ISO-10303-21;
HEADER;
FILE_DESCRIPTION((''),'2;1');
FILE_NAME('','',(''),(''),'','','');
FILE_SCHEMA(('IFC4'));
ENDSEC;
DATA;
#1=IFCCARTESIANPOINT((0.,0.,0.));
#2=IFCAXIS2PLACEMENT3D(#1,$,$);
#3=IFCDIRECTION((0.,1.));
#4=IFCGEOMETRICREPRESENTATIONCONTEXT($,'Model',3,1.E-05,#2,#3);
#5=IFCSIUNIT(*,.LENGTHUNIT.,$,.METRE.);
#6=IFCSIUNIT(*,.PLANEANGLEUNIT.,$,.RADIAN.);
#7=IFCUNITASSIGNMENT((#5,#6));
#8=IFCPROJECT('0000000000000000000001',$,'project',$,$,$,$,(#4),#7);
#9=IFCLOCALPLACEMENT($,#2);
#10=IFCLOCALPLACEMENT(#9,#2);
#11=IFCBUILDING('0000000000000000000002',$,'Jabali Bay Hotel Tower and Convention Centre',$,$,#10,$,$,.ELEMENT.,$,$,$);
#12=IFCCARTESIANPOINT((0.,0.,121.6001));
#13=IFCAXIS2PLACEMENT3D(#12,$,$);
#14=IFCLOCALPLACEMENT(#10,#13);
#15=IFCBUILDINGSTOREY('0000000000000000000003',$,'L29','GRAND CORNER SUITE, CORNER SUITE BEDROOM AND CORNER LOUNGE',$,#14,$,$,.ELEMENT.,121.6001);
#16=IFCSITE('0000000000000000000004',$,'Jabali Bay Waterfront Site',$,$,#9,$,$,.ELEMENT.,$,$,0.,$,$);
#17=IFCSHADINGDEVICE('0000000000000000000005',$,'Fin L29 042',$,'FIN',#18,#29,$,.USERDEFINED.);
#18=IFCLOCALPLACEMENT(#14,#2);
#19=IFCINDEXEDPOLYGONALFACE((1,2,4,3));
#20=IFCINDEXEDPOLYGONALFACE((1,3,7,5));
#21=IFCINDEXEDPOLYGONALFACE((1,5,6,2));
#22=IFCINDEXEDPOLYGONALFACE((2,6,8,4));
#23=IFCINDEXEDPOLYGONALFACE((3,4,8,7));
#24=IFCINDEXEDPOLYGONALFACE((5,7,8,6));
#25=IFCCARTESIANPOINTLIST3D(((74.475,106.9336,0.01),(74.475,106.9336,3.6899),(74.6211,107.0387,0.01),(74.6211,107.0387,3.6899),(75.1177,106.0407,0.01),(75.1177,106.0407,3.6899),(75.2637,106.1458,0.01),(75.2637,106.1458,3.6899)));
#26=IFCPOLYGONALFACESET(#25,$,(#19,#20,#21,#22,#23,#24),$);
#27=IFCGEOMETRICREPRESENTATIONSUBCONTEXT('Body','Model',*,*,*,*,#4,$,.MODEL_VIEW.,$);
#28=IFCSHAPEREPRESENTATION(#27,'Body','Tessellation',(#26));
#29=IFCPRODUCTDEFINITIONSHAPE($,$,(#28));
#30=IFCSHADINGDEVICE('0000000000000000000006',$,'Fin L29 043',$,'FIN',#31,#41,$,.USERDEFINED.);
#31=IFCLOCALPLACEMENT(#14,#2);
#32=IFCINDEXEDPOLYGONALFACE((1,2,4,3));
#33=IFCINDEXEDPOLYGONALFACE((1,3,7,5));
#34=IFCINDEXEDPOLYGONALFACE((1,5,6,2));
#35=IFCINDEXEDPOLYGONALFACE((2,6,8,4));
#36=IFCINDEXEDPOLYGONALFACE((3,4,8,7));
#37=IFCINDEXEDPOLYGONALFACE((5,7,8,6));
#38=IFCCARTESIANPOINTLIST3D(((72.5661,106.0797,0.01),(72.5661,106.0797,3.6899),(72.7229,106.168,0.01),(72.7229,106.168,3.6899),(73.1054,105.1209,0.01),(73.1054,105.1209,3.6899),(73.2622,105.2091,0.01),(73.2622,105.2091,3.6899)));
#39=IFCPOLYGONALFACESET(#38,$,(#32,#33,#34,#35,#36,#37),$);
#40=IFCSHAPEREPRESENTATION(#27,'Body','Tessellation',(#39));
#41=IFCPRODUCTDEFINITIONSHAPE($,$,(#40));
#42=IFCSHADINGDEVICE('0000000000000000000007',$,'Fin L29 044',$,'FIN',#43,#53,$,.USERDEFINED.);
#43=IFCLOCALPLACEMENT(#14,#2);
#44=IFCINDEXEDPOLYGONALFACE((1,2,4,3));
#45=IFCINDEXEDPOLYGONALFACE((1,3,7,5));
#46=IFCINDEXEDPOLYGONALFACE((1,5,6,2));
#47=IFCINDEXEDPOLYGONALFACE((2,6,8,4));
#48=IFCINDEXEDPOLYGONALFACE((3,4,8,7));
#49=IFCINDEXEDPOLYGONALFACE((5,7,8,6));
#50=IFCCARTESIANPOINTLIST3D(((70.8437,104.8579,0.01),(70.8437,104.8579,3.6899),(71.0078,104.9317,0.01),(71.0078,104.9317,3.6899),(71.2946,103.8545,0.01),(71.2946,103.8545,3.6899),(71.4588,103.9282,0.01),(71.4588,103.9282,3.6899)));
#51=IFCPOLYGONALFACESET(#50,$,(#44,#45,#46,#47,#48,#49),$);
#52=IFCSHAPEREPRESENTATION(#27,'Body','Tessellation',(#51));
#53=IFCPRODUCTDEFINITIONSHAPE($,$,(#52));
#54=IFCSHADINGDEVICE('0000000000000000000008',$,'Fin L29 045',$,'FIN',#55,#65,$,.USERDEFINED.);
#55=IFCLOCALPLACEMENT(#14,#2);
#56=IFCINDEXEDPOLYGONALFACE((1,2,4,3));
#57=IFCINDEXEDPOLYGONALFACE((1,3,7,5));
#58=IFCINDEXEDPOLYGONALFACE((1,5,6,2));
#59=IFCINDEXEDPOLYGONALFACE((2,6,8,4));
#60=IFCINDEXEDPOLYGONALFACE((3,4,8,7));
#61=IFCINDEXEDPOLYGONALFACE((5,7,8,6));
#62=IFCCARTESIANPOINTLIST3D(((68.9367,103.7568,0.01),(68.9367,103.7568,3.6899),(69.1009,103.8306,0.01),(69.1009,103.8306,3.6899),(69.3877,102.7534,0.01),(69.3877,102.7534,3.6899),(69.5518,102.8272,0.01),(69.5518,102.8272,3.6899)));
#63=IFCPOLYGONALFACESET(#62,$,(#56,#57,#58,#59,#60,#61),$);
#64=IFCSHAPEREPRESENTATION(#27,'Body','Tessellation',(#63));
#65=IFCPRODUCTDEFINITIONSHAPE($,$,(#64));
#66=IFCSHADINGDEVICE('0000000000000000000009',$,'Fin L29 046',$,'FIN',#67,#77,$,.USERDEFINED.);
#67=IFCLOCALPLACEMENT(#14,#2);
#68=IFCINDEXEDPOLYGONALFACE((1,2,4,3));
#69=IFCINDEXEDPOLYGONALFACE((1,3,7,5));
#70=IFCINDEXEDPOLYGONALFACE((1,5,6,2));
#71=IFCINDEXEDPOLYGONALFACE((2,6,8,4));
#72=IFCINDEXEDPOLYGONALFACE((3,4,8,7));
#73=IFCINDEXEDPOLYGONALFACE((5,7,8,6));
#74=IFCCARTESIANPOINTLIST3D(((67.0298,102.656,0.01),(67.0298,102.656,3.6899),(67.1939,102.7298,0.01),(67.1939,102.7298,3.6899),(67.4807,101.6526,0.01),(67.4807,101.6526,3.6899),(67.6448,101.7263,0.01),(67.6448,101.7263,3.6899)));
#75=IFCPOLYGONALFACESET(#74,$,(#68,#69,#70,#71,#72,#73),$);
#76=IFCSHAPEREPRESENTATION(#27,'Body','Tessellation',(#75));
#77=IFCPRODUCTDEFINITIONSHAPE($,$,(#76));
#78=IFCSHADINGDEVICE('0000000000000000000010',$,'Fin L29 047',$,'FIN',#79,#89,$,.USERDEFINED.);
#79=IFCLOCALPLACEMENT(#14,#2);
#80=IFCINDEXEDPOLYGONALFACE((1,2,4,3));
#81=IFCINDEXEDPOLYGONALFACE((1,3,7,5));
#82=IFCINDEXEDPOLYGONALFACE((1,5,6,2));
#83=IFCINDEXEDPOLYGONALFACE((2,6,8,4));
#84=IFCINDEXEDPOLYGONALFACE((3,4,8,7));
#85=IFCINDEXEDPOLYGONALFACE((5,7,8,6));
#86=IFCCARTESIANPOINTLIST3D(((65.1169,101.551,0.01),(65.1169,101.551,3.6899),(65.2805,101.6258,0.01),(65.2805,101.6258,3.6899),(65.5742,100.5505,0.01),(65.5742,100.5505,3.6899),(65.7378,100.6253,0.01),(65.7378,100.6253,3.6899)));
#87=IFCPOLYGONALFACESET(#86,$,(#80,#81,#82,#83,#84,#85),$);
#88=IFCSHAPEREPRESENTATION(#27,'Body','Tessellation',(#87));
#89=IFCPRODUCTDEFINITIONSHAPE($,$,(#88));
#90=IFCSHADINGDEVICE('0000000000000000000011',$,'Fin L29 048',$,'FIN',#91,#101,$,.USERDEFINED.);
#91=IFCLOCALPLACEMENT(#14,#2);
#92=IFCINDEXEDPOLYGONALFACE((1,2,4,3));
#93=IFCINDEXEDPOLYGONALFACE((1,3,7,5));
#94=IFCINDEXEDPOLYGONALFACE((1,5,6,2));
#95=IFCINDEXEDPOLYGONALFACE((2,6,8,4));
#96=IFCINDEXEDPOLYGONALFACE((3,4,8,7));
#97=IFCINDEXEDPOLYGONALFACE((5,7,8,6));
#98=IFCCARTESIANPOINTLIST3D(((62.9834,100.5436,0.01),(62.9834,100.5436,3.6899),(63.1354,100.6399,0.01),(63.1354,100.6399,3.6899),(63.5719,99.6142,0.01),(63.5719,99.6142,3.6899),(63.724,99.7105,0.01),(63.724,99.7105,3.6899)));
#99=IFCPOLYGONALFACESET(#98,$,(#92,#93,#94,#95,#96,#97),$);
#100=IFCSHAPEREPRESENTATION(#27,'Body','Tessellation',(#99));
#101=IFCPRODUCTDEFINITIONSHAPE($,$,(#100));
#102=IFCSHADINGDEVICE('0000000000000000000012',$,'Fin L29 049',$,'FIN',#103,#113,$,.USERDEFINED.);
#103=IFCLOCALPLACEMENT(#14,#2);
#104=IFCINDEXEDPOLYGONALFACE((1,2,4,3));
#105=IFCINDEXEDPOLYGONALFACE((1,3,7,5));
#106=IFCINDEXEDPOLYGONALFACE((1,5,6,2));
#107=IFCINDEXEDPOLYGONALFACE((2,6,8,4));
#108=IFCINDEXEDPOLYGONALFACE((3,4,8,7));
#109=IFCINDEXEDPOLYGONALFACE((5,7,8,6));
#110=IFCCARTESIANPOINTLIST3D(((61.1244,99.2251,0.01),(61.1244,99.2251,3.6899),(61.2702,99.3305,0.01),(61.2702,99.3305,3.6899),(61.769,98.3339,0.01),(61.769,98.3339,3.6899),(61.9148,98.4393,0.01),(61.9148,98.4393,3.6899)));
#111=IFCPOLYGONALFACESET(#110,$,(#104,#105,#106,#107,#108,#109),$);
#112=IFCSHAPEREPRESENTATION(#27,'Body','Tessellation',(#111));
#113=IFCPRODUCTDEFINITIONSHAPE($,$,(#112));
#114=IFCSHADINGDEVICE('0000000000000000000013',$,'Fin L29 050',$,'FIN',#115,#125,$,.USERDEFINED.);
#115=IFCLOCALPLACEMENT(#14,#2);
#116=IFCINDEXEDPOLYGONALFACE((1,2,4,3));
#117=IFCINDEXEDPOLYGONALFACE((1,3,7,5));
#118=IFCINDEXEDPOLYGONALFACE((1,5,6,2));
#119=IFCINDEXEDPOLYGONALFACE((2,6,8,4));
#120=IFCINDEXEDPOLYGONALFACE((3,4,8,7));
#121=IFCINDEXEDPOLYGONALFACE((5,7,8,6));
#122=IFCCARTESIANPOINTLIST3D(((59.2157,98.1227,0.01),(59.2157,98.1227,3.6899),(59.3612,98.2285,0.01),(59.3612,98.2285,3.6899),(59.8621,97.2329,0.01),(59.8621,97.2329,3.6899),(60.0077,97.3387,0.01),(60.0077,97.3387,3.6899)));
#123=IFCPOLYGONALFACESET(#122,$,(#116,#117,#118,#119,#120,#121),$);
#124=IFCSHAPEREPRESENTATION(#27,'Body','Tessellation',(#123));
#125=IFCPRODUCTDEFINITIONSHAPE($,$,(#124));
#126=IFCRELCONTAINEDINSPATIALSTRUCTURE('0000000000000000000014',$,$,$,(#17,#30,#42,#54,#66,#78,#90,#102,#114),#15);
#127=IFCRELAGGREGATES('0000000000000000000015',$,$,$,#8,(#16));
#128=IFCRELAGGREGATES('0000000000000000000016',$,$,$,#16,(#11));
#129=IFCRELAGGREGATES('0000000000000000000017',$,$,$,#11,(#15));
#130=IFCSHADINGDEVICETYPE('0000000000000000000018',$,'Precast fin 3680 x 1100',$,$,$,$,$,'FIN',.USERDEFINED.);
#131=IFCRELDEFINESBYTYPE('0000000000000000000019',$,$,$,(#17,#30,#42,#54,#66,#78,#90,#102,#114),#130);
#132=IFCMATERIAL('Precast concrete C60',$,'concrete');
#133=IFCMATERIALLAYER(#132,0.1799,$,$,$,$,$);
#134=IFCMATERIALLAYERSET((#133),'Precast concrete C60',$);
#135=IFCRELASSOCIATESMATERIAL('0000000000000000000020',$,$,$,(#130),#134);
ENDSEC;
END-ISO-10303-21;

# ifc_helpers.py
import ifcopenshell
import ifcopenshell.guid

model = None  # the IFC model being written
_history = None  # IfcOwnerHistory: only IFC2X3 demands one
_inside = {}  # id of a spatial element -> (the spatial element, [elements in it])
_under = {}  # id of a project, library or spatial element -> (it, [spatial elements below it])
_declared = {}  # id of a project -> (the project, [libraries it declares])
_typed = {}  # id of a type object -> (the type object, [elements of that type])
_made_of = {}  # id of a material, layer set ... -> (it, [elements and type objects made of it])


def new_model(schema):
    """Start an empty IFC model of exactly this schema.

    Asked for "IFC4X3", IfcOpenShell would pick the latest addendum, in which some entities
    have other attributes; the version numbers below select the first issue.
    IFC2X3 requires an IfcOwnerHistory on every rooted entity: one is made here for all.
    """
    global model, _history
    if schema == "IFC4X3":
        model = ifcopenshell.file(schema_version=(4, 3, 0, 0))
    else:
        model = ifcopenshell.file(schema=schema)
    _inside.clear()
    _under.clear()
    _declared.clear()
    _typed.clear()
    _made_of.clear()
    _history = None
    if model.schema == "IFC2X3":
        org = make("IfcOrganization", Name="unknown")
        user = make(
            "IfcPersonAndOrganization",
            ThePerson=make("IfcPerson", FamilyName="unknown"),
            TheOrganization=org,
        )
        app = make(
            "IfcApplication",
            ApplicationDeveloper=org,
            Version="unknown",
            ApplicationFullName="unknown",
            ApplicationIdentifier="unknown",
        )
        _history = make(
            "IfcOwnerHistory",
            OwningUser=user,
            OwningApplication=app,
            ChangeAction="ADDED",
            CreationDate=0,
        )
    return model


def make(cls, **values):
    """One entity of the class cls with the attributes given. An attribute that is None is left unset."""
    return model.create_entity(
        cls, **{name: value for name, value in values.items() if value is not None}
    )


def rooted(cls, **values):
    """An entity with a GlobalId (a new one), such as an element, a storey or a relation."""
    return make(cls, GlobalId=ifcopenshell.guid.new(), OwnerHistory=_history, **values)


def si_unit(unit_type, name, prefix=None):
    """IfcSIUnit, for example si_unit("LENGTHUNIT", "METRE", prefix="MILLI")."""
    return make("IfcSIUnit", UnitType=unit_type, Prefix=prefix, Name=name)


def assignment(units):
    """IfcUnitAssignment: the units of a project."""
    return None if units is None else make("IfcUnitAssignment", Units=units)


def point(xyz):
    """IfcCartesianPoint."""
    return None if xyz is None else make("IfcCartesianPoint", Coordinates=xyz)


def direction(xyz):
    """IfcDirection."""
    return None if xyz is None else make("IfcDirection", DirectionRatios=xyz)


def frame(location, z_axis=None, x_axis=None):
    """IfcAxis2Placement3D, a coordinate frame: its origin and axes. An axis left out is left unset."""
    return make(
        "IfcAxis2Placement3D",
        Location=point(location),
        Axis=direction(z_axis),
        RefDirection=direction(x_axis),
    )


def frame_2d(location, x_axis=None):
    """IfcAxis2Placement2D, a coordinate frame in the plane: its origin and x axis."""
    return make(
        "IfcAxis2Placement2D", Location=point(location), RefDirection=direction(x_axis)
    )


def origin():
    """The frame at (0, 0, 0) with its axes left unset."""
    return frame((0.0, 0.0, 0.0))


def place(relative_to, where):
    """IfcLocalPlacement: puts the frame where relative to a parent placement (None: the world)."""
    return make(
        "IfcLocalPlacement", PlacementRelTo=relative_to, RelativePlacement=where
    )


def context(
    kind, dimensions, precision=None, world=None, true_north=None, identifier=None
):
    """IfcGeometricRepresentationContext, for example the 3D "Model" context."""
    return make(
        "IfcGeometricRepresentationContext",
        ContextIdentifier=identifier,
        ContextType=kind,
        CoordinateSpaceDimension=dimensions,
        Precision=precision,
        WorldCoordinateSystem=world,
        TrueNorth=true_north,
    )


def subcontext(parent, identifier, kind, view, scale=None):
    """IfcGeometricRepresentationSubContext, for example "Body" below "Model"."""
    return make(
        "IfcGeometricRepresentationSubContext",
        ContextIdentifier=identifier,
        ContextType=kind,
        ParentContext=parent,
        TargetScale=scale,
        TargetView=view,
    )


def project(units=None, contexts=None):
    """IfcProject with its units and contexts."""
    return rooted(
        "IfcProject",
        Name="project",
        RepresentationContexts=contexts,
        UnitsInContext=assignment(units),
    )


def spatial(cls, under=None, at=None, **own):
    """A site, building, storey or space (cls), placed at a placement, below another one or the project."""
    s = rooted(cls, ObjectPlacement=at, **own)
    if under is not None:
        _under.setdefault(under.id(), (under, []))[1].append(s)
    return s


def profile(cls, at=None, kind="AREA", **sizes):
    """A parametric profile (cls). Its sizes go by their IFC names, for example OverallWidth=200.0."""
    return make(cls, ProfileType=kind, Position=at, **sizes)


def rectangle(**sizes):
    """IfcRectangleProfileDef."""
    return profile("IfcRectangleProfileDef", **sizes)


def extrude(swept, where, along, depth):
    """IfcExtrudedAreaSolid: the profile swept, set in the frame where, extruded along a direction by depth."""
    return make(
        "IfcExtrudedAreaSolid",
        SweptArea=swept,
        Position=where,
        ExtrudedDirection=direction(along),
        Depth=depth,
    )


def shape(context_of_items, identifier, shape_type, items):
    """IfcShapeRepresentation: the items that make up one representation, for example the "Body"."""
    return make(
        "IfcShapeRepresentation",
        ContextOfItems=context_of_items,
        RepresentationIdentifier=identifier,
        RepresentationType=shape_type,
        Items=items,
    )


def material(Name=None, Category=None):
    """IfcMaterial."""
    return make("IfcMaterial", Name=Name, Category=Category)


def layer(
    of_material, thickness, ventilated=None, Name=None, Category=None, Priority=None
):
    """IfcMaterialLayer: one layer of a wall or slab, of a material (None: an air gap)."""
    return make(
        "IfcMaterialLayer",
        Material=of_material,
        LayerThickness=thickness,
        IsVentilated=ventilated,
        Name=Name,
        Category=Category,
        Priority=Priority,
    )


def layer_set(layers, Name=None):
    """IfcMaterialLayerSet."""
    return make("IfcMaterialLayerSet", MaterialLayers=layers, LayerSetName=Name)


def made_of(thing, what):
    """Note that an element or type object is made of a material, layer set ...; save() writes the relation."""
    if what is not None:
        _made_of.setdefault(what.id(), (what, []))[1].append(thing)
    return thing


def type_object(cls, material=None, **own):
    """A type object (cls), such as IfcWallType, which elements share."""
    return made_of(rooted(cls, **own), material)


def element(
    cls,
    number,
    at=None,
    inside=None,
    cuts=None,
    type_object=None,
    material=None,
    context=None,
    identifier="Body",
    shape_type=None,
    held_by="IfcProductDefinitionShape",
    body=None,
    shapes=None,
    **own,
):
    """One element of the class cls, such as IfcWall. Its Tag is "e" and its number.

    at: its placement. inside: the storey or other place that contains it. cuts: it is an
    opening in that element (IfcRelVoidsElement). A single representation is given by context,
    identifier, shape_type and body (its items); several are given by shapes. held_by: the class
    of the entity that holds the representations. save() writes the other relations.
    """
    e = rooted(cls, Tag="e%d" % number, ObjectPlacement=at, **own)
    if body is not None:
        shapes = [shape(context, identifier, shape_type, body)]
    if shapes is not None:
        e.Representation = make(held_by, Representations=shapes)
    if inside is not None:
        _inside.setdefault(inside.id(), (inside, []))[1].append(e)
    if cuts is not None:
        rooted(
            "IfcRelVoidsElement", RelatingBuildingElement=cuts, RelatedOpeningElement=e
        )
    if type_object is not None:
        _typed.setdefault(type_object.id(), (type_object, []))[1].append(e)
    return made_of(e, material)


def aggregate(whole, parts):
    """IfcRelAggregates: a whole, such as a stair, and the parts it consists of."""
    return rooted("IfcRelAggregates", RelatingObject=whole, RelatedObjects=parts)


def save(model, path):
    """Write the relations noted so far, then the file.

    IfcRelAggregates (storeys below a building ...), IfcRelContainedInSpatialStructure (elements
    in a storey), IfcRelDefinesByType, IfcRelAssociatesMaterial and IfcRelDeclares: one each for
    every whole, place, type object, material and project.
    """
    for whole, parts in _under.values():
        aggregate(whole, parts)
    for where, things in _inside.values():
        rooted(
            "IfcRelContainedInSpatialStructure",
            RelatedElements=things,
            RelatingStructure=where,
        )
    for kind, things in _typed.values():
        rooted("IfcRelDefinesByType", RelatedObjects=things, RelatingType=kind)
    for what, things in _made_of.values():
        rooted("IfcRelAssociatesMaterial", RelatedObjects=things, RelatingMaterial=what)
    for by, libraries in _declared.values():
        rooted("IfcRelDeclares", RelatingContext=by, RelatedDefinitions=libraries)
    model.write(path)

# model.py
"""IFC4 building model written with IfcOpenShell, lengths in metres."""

from ifc_helpers import new_model, si_unit, direction, frame, frame_2d, origin, place, context, subcontext, project, spatial, rectangle, extrude, material, layer, layer_set, type_object, element, save


model = new_model("IFC4")

# Units and contexts
model_context = context("Model", 3, precision=1e-05, world=origin(), true_north=direction((0.0, 1.0)))
body_context = subcontext(model_context, "Body", "Model", "MODEL_VIEW")
ifc_project = project(units=[si_unit("LENGTHUNIT", "METRE"), si_unit("PLANEANGLEUNIT", "RADIAN")], contexts=[model_context])

# Site, building, storey
site_placement = place(None, origin())
site = spatial("IfcSite", under=ifc_project, at=site_placement, Name="Jabali Bay Waterfront Site", CompositionType="ELEMENT", RefElevation=0.0)
building_placement = place(site_placement, origin())
building = spatial("IfcBuilding", under=site, at=building_placement, Name="Jabali Bay Hotel Tower and Convention Centre", CompositionType="ELEMENT")
storey_placement = place(building_placement, frame((0.0, 0.0, 121.6001)))
storey = spatial("IfcBuildingStorey", under=building, at=storey_placement, Name="L29", Description="GRAND CORNER SUITE, CORNER SUITE BEDROOM AND CORNER LOUNGE", CompositionType="ELEMENT", Elevation=121.6001)

# Shading devices
ifc_material_1 = material(Name="Precast concrete C60", Category="concrete")
ifc_layer_1 = layer(ifc_material_1, 0.1799)
ifc_layer_set_1 = layer_set([ifc_layer_1], Name="Precast concrete C60")
shading_device_type = type_object("IfcShadingDeviceType", Name="Precast fin 3680 x 1100", ElementType="FIN", PredefinedType="USERDEFINED", material=ifc_layer_set_1)
for number, where, z_axis, x_axis, name in (
    (1, (75.1907, 106.0933, 0.01), (0.0, 0.0, 1.0), (-0.584153, 0.811644, 0.0), "Fin L29 042"),
    (2, (73.1838, 105.165, 0.01), (0.0, 0.0, 1.0), (-0.490272, 0.87157, 0.0), "Fin L29 043"),
    (3, (71.3767, 103.8914, 0.01), (0.0, 0.0, 1.0), (-0.409903, 0.912129, 0.0), "Fin L29 044"),
    (4, (69.4697, 102.7903, 0.01), (0.0, 0.0, 1.0), (-0.409903, 0.912129, 0.0), "Fin L29 045"),
    (5, (67.5627, 101.6895, 0.01), (0.0, 0.0, 1.0), (-0.409903, 0.912129, 0.0), "Fin L29 046"),
    (6, (65.656, 100.5879, 0.01), (0.0, 0.0, 1.0), (-0.415692, 0.909506, 0.0), "Fin L29 047"),
    (7, (63.6479, 99.6624, 0.01), (0.0, 0.0, 1.0), (-0.535036, 0.844829, 0.0), "Fin L29 048"),
):
    element("IfcShadingDevice", number, at=place(storey_placement, frame(where, z_axis=z_axis, x_axis=x_axis)), inside=storey, type_object=shading_device_type, Name=name, ObjectType="FIN", PredefinedType="USERDEFINED", context=body_context, shape_type="SweptSolid", body=[
        extrude(rectangle(XDim=1.1001, YDim=0.1799, at=frame_2d((0.55, 0.0))), origin(), (0.0, 0.0, 1.0), 3.6799),
    ])
for number, where, z_axis, x_axis, name in (
    (8, (61.8418, 98.3867, 0.01), (0.0, 0.0, 1.0), (-0.586058, 0.810269, 0.0), "Fin L29 049"),
    (9, (59.9348, 97.2859, 0.01), (0.0, 0.0, 1.0), (-0.587749, 0.809043, 0.0), "Fin L29 050"),
):
    element("IfcShadingDevice", number, at=place(storey_placement, frame(where, z_axis=z_axis, x_axis=x_axis)), inside=storey, type_object=shading_device_type, Name=name, ObjectType="FIN", PredefinedType="USERDEFINED", context=body_context, shape_type="SweptSolid", body=[
        extrude(rectangle(XDim=1.0999, YDim=0.1799, at=frame_2d((0.5498, 0.0))), origin(), (0.0, 0.0, 1.0), 3.6799),
    ])

save(model, "model.ifc")
